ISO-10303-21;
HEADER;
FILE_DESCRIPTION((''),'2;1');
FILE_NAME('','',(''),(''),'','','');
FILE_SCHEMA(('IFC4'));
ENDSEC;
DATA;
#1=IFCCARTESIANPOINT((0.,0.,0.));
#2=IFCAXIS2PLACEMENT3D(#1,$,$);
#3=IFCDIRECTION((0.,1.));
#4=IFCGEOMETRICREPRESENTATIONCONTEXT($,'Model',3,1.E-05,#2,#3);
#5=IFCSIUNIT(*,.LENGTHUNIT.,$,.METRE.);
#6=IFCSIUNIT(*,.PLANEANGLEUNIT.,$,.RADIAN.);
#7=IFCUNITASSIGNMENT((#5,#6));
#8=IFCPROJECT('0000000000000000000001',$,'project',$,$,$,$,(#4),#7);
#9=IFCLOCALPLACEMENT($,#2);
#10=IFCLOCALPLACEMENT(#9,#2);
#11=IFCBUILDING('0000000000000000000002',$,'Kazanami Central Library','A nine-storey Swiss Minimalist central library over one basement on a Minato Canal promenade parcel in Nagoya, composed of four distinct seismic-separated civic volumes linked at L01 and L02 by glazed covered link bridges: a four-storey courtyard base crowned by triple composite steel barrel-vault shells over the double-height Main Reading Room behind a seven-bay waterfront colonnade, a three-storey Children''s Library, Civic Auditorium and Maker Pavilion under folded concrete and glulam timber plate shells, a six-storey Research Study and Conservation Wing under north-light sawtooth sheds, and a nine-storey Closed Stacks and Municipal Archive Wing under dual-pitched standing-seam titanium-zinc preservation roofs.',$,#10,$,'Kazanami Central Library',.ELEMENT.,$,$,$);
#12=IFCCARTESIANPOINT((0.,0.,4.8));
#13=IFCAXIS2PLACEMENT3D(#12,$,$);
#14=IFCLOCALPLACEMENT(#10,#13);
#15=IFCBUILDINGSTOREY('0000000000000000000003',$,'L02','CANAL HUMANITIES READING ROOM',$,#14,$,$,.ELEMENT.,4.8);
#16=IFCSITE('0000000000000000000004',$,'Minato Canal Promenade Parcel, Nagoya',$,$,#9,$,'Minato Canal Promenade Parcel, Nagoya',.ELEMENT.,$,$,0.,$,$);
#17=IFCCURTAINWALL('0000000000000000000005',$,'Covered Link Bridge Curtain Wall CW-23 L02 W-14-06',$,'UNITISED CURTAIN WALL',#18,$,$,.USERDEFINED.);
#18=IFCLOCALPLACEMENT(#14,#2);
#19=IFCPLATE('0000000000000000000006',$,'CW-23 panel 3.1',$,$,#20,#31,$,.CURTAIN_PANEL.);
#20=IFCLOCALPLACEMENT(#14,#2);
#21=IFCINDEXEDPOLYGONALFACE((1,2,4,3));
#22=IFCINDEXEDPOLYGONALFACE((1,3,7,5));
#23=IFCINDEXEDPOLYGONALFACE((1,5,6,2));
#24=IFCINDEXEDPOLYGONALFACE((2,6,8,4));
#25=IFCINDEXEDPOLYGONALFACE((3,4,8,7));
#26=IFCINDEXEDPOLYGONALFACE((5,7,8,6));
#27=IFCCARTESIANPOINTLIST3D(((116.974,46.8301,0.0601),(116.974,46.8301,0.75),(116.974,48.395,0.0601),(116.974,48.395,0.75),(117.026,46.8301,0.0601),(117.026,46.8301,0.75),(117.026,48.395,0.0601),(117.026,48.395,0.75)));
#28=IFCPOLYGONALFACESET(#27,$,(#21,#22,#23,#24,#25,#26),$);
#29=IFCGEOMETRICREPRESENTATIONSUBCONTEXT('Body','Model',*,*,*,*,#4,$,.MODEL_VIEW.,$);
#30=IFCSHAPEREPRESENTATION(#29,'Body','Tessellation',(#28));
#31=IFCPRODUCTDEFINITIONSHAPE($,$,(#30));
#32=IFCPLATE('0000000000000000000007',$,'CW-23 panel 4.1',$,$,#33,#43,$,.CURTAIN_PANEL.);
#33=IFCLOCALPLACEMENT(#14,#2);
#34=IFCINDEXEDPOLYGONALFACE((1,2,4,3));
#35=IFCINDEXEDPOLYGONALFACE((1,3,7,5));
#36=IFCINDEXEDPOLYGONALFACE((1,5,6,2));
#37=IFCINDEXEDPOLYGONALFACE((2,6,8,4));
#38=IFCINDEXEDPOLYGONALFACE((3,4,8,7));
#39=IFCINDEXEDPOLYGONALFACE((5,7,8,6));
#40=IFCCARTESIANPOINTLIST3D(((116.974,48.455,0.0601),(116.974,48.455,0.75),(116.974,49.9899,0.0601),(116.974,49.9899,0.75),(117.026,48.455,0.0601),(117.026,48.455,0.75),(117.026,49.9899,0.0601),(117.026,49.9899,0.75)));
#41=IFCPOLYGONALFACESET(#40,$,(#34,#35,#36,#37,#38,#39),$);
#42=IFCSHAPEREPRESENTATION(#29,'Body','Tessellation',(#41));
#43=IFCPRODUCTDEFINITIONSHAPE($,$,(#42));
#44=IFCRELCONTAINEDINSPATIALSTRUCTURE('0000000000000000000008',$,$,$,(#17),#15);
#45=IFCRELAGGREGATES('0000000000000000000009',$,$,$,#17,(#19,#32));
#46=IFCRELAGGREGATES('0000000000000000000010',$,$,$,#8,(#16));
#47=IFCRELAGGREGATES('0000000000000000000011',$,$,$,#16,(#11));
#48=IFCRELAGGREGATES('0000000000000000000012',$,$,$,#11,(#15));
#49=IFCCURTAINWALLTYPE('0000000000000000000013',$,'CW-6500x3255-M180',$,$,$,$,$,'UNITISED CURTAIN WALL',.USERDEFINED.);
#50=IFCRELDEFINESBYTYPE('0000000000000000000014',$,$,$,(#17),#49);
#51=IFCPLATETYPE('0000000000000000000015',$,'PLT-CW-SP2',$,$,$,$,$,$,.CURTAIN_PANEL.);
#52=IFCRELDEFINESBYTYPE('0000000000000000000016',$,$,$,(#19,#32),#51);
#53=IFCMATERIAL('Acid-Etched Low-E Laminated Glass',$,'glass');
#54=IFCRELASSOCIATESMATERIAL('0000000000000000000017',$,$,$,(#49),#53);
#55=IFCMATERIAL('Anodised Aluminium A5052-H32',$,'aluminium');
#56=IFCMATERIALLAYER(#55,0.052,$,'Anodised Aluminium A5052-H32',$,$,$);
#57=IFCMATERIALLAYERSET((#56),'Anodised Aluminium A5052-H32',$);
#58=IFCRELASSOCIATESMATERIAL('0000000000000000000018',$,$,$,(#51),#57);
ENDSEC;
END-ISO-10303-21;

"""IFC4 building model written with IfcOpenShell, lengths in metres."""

from ifc_helpers import new_model, si_unit, direction, frame, origin, origin_2d, place, context, subcontext, project, spatial, rectangle, extrude, material, layer, layer_set, type_object, element, aggregate, save


model = new_model("IFC4")

# Units and contexts
model_context = context("Model", 3, precision=1e-05, world=origin(), true_north=direction((0.0, 1.0)))
body_context = subcontext(model_context, "Body", "Model", "MODEL_VIEW")
ifc_project = project(units=[si_unit("LENGTHUNIT", "METRE"), si_unit("PLANEANGLEUNIT", "RADIAN")], contexts=[model_context])

# Site, building, storey
site_placement = place(None, origin())
site = spatial("IfcSite", under=ifc_project, at=site_placement, Name="Minato Canal Promenade Parcel, Nagoya", LongName="Minato Canal Promenade Parcel, Nagoya", CompositionType="ELEMENT", RefElevation=0.0)
building_placement = place(site_placement, origin())
building = spatial("IfcBuilding", under=site, at=building_placement, Name="Kazanami Central Library", Description="A nine-storey Swiss Minimalist central library over one basement on a Minato Canal promenade parcel in Nagoya, composed of four distinct seismic-separated civic volumes linked at L01 and L02 by glazed covered link bridges: a four-storey courtyard base crowned by triple composite steel barrel-vault shells over the double-height Main Reading Room behind a seven-bay waterfront colonnade, a three-storey Children's Library, Civic Auditorium and Maker Pavilion under folded concrete and glulam timber plate shells, a six-storey Research Study and Conservation Wing under north-light sawtooth sheds, and a nine-storey Closed Stacks and Municipal Archive Wing under dual-pitched standing-seam titanium-zinc preservation roofs.", LongName="Kazanami Central Library", CompositionType="ELEMENT")
storey_placement = place(building_placement, frame((0.0, 0.0, 4.8)))
storey = spatial("IfcBuildingStorey", under=building, at=storey_placement, Name="L02", Description="CANAL HUMANITIES READING ROOM", CompositionType="ELEMENT", Elevation=4.8)

# Curtain wall
ifc_material_1 = material(Name="Acid-Etched Low-E Laminated Glass", Category="glass")
curtain_wall_type_1 = type_object("IfcCurtainWallType", Name="CW-6500x3255-M180", ElementType="UNITISED CURTAIN WALL", PredefinedType="USERDEFINED", material=ifc_material_1)
curtain_wall_1_placement = place(storey_placement, origin())
curtain_wall_1 = element("IfcCurtainWall", 1, at=curtain_wall_1_placement, inside=storey, type_object=curtain_wall_type_1, Name="Covered Link Bridge Curtain Wall CW-23 L02 W-14-06", ObjectType="UNITISED CURTAIN WALL", PredefinedType="USERDEFINED")

# Plates
ifc_material_2 = material(Name="Anodised Aluminium A5052-H32", Category="aluminium")
ifc_layer_1 = layer(ifc_material_2, 0.052, Name="Anodised Aluminium A5052-H32")
ifc_layer_set_1 = layer_set([ifc_layer_1], Name="Anodised Aluminium A5052-H32")
plate_type_1 = type_object("IfcPlateType", Name="PLT-CW-SP2", PredefinedType="CURTAIN_PANEL", material=ifc_layer_set_1)
plate_1_placement = place(storey_placement, frame((117.0, 47.6125, 0.0601), z_axis=(0.0, 0.0, 1.0), x_axis=(0.0, 1.0, 0.0)))
plate_1 = element("IfcPlate", 2, at=plate_1_placement, type_object=plate_type_1, Name="CW-23 panel 3.1", PredefinedType="CURTAIN_PANEL", context=body_context, shape_type="SweptSolid", body=[
    extrude(rectangle(XDim=1.5649, YDim=0.052, at=origin_2d()), origin(), (0.0, 0.0, 1.0), 0.6899),
])
plate_2_placement = place(storey_placement, frame((117.0, 49.2224, 0.0601), z_axis=(0.0, 0.0, 1.0), x_axis=(0.0, 1.0, 0.0)))
plate_2 = element("IfcPlate", 3, at=plate_2_placement, type_object=plate_type_1, Name="CW-23 panel 4.1", PredefinedType="CURTAIN_PANEL", context=body_context, shape_type="SweptSolid", body=[
    extrude(rectangle(XDim=1.5349, YDim=0.052, at=origin_2d()), origin(), (0.0, 0.0, 1.0), 0.6899),
])
aggregate(curtain_wall_1, [plate_1, plate_2])

save(model, "model.ifc")
